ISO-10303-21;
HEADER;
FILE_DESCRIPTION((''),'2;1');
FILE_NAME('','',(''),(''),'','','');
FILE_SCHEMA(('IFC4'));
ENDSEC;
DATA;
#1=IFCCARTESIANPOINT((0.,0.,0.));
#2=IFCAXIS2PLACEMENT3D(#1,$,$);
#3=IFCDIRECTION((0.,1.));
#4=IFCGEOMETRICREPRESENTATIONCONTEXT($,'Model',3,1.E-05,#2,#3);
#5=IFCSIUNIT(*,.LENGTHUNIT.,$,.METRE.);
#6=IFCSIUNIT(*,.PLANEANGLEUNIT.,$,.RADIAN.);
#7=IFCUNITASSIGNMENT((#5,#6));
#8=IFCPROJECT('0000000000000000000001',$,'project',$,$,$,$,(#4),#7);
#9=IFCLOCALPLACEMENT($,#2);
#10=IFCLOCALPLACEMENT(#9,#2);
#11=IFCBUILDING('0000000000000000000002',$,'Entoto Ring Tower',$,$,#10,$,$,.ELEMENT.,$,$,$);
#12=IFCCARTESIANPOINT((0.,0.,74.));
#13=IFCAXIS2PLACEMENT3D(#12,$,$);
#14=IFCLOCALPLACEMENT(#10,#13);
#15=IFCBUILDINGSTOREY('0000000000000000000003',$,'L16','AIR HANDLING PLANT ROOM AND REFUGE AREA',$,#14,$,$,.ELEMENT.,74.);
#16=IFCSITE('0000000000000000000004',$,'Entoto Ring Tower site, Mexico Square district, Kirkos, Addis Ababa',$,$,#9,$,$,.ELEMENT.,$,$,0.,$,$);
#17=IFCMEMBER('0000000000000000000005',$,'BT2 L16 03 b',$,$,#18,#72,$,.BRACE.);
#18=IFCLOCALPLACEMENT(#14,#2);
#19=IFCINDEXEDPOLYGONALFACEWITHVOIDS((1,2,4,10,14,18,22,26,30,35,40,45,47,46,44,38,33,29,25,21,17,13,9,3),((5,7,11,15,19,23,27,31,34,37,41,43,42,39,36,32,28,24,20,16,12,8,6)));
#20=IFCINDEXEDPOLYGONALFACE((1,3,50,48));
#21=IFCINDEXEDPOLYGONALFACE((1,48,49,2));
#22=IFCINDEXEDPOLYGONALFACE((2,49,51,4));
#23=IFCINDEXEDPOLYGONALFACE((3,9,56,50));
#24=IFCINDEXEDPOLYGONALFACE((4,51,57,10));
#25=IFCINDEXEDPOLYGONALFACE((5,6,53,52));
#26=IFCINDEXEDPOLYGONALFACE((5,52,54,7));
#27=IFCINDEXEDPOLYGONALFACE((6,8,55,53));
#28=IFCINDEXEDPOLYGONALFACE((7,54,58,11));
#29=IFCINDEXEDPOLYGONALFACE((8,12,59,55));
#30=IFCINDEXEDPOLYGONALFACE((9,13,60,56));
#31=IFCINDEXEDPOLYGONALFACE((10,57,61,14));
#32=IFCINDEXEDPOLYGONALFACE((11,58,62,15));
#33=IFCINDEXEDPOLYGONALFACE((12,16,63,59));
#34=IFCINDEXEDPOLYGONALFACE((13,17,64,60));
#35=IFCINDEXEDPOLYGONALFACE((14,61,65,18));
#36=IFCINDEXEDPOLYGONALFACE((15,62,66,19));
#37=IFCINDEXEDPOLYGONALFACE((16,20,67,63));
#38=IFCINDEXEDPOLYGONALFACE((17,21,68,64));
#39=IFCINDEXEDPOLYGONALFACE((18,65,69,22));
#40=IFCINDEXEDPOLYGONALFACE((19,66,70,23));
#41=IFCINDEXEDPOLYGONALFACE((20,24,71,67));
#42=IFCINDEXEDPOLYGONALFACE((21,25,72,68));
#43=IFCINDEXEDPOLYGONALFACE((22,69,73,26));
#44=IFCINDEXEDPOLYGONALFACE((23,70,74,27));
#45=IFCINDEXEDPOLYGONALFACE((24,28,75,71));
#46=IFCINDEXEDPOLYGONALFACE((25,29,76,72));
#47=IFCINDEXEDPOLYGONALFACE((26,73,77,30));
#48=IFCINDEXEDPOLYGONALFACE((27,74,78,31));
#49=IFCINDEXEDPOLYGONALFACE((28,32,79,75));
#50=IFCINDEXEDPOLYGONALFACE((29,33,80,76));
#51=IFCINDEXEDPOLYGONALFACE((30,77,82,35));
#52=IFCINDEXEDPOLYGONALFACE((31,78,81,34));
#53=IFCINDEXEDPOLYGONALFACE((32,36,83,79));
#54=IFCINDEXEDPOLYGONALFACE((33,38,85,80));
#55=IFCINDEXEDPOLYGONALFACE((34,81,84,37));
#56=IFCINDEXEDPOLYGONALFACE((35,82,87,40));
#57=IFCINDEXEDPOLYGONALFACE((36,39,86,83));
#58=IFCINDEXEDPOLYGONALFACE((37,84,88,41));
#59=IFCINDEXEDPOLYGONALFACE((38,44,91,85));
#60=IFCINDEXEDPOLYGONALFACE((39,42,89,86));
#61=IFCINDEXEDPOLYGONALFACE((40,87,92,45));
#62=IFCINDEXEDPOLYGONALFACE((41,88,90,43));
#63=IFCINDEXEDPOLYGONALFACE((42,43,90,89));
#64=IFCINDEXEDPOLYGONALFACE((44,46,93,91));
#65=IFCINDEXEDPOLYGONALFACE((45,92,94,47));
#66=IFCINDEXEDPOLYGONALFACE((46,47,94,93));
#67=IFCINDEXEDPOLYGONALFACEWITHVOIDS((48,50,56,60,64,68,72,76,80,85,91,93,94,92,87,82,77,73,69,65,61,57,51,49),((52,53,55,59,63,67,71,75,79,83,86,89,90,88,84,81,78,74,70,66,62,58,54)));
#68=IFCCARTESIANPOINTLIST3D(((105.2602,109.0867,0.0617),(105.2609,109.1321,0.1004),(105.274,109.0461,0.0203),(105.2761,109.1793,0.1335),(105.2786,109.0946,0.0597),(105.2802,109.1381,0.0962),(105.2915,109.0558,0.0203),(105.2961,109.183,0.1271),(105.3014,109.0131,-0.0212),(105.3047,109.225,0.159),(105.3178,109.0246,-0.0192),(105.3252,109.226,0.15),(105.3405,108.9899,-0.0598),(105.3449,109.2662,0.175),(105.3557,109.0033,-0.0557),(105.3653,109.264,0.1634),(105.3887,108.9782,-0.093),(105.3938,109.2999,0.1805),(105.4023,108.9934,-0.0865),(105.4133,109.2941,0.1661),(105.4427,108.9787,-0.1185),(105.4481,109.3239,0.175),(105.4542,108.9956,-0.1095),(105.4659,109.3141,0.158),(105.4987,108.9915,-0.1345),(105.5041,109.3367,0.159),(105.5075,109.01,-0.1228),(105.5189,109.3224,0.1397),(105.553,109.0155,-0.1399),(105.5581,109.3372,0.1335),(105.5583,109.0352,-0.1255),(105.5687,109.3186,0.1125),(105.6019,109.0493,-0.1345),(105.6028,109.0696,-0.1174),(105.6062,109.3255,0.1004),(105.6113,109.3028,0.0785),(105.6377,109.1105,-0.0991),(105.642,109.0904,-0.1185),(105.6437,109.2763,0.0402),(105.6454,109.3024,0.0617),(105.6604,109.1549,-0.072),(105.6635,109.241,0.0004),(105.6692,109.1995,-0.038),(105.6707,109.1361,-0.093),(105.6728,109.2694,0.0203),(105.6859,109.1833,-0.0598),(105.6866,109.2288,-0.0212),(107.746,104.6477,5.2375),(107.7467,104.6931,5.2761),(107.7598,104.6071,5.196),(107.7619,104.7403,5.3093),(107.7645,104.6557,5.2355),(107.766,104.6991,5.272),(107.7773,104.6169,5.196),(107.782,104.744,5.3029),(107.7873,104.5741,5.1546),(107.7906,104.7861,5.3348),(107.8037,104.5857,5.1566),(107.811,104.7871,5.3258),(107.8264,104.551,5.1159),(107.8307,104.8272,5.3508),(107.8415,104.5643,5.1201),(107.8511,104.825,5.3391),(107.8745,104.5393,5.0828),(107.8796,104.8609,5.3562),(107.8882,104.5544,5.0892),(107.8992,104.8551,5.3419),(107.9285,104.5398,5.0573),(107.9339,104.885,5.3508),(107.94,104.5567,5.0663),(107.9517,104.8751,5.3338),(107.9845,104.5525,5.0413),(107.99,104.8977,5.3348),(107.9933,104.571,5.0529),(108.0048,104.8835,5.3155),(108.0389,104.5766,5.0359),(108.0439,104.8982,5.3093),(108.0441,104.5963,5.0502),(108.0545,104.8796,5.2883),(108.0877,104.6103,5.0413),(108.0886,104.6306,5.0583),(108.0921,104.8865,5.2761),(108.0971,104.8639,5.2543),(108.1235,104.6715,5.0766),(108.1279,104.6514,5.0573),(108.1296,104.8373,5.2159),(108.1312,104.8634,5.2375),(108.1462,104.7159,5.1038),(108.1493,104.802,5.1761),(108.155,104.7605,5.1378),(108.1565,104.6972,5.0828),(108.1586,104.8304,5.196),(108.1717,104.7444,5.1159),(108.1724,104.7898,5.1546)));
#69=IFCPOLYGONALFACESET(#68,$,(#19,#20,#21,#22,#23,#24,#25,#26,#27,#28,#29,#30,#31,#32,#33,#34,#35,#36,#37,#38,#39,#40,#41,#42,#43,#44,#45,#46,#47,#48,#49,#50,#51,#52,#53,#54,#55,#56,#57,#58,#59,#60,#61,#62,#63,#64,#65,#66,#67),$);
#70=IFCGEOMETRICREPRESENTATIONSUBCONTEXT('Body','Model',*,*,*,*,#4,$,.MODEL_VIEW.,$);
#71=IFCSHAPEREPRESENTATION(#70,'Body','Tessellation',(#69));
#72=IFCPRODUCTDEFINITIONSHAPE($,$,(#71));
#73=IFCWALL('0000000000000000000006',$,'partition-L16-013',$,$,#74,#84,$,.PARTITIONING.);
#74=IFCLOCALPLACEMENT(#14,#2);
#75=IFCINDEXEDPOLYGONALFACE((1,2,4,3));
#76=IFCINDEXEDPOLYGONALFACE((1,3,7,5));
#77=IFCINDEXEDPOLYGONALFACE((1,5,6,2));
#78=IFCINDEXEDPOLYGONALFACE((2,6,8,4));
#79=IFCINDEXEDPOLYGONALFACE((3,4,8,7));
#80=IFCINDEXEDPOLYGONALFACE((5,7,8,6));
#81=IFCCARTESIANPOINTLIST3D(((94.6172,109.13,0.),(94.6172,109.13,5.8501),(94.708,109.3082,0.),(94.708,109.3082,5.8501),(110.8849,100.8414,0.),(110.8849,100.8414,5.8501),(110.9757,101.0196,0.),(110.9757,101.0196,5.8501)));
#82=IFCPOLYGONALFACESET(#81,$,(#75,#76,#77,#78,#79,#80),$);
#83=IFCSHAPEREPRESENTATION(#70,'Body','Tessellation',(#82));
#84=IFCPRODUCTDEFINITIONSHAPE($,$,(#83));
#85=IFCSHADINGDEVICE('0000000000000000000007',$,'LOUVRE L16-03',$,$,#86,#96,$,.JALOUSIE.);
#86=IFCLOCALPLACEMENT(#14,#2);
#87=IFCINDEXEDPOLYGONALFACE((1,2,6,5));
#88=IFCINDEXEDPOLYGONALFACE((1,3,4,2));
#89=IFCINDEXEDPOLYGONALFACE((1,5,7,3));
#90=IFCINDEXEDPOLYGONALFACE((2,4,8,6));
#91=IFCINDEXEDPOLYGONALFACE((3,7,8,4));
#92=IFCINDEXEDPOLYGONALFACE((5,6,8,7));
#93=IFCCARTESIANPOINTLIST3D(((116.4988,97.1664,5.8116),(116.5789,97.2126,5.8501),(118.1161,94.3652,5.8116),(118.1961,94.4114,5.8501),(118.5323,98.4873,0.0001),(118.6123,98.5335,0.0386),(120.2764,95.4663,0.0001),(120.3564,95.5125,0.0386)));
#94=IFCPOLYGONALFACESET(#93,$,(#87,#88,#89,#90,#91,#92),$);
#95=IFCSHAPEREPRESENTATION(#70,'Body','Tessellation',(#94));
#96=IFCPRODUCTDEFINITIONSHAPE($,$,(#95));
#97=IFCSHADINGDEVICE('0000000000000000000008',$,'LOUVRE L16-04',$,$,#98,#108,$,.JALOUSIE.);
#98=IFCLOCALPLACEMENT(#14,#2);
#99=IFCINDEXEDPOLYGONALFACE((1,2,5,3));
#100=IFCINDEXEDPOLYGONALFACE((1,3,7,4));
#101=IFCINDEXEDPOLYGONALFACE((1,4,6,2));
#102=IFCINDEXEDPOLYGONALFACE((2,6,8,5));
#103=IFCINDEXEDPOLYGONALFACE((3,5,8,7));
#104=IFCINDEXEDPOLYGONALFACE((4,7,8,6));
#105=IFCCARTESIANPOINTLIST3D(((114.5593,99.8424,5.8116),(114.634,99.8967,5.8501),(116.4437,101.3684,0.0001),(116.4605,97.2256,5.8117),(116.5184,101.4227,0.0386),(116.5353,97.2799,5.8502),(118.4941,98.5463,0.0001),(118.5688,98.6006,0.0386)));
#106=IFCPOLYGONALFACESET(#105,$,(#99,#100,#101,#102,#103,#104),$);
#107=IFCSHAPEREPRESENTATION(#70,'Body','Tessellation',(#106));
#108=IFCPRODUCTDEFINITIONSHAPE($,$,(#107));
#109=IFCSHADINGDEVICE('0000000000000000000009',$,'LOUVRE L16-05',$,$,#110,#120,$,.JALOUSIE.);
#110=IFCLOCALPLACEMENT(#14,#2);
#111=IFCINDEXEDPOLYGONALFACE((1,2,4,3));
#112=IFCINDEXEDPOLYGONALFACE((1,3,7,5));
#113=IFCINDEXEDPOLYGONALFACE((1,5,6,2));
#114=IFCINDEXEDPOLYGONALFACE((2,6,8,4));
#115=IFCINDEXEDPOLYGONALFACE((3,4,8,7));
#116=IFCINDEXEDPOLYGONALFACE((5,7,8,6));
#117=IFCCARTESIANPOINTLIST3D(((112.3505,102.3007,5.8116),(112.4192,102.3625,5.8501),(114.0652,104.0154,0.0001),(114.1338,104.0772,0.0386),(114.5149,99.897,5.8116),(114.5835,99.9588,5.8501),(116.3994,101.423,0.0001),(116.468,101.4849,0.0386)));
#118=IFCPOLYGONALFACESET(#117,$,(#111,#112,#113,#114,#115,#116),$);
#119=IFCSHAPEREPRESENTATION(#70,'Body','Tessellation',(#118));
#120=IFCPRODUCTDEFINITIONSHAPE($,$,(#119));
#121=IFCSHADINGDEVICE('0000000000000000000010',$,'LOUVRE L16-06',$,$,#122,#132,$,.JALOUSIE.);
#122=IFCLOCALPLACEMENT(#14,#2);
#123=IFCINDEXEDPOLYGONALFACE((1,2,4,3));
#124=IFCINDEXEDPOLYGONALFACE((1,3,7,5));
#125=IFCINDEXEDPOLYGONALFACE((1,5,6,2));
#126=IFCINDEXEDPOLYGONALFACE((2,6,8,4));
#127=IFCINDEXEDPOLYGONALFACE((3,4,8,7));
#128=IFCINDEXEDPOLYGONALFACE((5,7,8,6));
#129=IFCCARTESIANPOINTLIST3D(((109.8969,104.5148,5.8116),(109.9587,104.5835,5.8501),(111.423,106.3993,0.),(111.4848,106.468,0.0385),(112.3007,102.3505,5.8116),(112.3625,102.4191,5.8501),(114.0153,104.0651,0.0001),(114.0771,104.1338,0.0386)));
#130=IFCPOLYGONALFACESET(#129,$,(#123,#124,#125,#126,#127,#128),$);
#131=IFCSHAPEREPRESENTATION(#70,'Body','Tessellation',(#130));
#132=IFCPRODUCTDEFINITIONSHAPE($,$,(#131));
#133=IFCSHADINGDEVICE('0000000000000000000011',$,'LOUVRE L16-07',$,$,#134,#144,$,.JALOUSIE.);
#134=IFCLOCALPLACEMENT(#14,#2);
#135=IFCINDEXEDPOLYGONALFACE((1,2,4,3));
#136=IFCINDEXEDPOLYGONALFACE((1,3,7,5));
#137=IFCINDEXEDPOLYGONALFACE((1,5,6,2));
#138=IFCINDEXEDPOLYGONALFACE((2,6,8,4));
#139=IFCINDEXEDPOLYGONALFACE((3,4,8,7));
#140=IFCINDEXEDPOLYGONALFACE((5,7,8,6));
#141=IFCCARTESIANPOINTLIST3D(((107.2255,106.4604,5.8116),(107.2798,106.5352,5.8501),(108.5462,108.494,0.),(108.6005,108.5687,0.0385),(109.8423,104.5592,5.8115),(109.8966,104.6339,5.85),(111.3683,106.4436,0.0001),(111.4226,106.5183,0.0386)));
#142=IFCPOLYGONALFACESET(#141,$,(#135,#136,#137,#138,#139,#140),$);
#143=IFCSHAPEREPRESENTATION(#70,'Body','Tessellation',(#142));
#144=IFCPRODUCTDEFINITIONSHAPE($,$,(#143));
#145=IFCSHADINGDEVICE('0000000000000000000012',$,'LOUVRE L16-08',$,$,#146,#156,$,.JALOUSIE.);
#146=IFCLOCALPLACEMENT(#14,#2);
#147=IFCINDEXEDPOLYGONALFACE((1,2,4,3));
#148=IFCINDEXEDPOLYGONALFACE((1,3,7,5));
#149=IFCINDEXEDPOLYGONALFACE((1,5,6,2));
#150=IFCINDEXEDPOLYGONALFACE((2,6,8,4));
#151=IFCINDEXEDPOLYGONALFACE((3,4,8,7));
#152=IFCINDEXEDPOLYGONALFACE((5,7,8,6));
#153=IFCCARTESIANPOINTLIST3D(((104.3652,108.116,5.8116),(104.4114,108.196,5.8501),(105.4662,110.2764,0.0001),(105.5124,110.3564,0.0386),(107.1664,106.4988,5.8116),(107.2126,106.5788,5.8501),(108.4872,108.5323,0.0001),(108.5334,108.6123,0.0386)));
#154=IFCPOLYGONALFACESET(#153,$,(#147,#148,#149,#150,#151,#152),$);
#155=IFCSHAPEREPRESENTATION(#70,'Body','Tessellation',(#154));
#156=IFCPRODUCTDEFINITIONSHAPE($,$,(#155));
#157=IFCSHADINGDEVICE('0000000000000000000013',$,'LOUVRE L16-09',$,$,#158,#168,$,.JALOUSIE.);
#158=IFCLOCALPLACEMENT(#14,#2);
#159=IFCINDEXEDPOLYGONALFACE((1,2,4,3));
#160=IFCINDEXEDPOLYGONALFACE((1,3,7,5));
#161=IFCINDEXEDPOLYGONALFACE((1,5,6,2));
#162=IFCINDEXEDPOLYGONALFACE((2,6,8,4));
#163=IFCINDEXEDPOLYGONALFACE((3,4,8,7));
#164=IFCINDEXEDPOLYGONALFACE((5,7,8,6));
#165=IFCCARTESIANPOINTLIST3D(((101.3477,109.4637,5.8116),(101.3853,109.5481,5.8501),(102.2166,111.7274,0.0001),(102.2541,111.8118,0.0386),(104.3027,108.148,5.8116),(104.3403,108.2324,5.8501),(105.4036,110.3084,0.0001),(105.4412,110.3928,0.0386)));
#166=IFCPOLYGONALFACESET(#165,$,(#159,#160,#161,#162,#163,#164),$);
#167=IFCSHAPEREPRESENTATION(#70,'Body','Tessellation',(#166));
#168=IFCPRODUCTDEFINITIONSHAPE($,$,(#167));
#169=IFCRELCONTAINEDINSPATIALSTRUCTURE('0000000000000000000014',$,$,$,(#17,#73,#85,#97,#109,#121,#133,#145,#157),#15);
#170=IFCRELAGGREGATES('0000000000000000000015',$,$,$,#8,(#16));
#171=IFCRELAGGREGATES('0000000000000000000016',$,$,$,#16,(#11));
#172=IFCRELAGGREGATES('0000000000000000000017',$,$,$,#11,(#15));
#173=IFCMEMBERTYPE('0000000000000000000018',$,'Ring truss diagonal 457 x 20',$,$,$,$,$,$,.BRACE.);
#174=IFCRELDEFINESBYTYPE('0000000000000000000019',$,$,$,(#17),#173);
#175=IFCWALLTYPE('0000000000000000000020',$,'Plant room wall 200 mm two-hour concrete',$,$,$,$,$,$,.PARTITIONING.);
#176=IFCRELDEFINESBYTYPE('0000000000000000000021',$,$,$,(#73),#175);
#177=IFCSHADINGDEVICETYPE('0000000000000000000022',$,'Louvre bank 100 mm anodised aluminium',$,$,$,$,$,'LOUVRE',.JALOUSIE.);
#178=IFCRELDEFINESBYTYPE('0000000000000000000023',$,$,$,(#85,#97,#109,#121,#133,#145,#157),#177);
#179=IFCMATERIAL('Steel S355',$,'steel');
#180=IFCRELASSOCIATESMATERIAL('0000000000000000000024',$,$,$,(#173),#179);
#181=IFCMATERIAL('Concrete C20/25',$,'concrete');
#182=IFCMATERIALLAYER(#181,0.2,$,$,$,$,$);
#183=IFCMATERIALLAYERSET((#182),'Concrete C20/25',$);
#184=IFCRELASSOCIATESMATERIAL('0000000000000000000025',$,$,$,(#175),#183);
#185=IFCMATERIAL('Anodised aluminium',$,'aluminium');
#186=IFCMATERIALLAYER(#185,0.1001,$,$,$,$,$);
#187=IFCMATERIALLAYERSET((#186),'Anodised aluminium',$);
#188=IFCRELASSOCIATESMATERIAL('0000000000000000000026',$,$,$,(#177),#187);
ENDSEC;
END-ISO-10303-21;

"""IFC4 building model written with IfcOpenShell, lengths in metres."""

from ifc_helpers import new_model, si_unit, direction, frame, frame_2d, origin, origin_2d, place, context, subcontext, project, spatial, polyline, rectangle, circle, hollow_circle, outline, extrude, material, layer, layer_set, material_profile, profile_set, type_object, element, save


model = new_model("IFC4")

# Units and contexts
model_context = context("Model", 3, precision=1e-05, world=origin(), true_north=direction((0.0, 1.0)))
body_context = subcontext(model_context, "Body", "Model", "MODEL_VIEW")
ifc_project = project(units=[si_unit("LENGTHUNIT", "METRE"), si_unit("PLANEANGLEUNIT", "RADIAN")], contexts=[model_context])

# Site, building, storey
site_placement = place(None, origin())
site = spatial("IfcSite", under=ifc_project, at=site_placement, Name="Entoto Ring Tower site, Mexico Square district, Kirkos, Addis Ababa", CompositionType="ELEMENT", RefElevation=0.0)
building_placement = place(site_placement, origin())
building = spatial("IfcBuilding", under=site, at=building_placement, Name="Entoto Ring Tower", CompositionType="ELEMENT")
storey_placement = place(building_placement, frame((0.0, 0.0, 74.0)))
storey = spatial("IfcBuildingStorey", under=building, at=storey_placement, Name="L16", Description="AIR HANDLING PLANT ROOM AND REFUGE AREA", CompositionType="ELEMENT", Elevation=74.0)

# Member
ifc_material_1 = material(Name="Steel S355", Category="steel")
ifc_material_profile_1 = material_profile(ifc_material_1, hollow_circle(Radius=0.2285, WallThickness=0.02, at=origin_2d()), Name="CHS 457 x 20")
ifc_material_2 = material(Name="Concrete C60/75", Category="concrete")
ifc_material_profile_2 = material_profile(ifc_material_2, circle(Radius=0.2085, at=origin_2d()), Name="Concrete C60/75 infill")
ifc_profile_set_1 = profile_set([ifc_material_profile_1, ifc_material_profile_2], Name="Steel S355")
member_type_1 = type_object("IfcMemberType", Name="Ring truss diagonal 457 x 20", PredefinedType="BRACE", material=ifc_profile_set_1)
for number, where, z_axis, x_axis, name in (
    (1, (107.9592, 104.7188, 5.196), (-0.342516, 0.611631, -0.713155), (-0.872504, -0.488606, 0.0), "BT2 L16 03 b"),
):
    element("IfcMember", number, at=place(storey_placement, frame(where, z_axis=z_axis, x_axis=x_axis)), inside=storey, type_object=member_type_1, Name=name, PredefinedType="BRACE", context=body_context, shape_type="SweptSolid", body=[
        extrude(hollow_circle(Radius=0.2285, WallThickness=0.02, at=origin_2d()), origin(), (0.0, 0.0, 1.0), 7.2576),
    ])

# Wall
ifc_material_3 = material(Name="Concrete C20/25", Category="concrete")
ifc_layer_1 = layer(ifc_material_3, 0.2)
ifc_layer_set_1 = layer_set([ifc_layer_1], Name="Concrete C20/25")
wall_type = type_object("IfcWallType", Name="Plant room wall 200 mm two-hour concrete", PredefinedType="PARTITIONING", material=ifc_layer_set_1)
wall_placement = place(storey_placement, frame((110.9304, 100.9304, 0.0), z_axis=(0.0, 0.0, 1.0), x_axis=(-0.89101, 0.453983, 0.0)))
element("IfcWall", 2, at=wall_placement, inside=storey, type_object=wall_type, Name="partition-L16-013", PredefinedType="PARTITIONING", context=body_context, shape_type="SweptSolid", body=[
    extrude(rectangle(XDim=18.2576, YDim=0.2, at=frame_2d((9.1289, 0.0))), origin(), (0.0, 0.0, 1.0), 5.8501),
])

# Shading devices
ifc_material_4 = material(Name="Anodised aluminium", Category="aluminium")
ifc_layer_2 = layer(ifc_material_4, 0.1001)
ifc_layer_set_2 = layer_set([ifc_layer_2], Name="Anodised aluminium")
shading_device_type = type_object("IfcShadingDeviceType", Name="Louvre bank 100 mm anodised aluminium", ElementType="LOUVRE", PredefinedType="JALOUSIE", material=ifc_layer_set_2)
shading_device_1_placement = place(storey_placement, frame((120.3564, 95.5125, 0.0386), z_axis=(0.799418, 0.461522, 0.384614), x_axis=(-0.499984, 0.866035, 0.000004)))
element("IfcShadingDevice", 3, at=shading_device_1_placement, inside=storey, type_object=shading_device_type, Name="LOUVRE L16-03", PredefinedType="JALOUSIE", context=body_context, shape_type="SweptSolid", body=[
    extrude(outline(polyline([(0.0, 0.0), (3.4883, 0.0), (3.3612, 6.2958), (0.1266, 6.2958), (0.0, 0.0)])), origin(), (0.0, 0.0, -1.0), 0.1001),
])
shading_device_2_placement = place(storey_placement, frame((118.5688, 98.6006, 0.0386), z_axis=(0.746783, 0.542573, 0.384616), x_axis=(-0.587793, 0.809011, 0.000017)))
element("IfcShadingDevice", 4, at=shading_device_2_placement, inside=storey, type_object=shading_device_type, Name="LOUVRE L16-04", PredefinedType="JALOUSIE", context=body_context, shape_type="SweptSolid", body=[
    extrude(outline(polyline([(0.0, 0.0), (3.4883, 0.0), (3.3615, 6.2958), (0.1269, 6.2959), (0.0, 0.0)])), origin(), (0.0, 0.0, -1.0), 0.1001),
])
shading_device_3_placement = place(storey_placement, frame((116.468, 101.4849, 0.0386), z_axis=(0.685973, 0.617658, 0.384629), x_axis=(-0.669136, 0.74314, 0.000008)))
element("IfcShadingDevice", 5, at=shading_device_3_placement, inside=storey, type_object=shading_device_type, Name="LOUVRE L16-05", PredefinedType="JALOUSIE", context=body_context, shape_type="SweptSolid", body=[
    extrude(outline(polyline([(0.0, 0.0), (3.4883, 0.0), (3.3615, 6.2958), (0.1269, 6.2959), (0.0, 0.0)])), origin(), (0.0, 0.0, -1.0), 0.1001),
])
shading_device_4_placement = place(storey_placement, frame((114.0771, 104.1338, 0.0386), z_axis=(0.617658, 0.685973, 0.384629), x_axis=(-0.74314, 0.669136, -0.000008)))
element("IfcShadingDevice", 6, at=shading_device_4_placement, inside=storey, type_object=shading_device_type, Name="LOUVRE L16-06", PredefinedType="JALOUSIE", context=body_context, shape_type="SweptSolid", body=[
    extrude(outline(polyline([(0.0, 0.0), (3.4883, 0.0), (3.3614, 6.2959), (0.1268, 6.2958), (0.0, 0.0)])), origin(), (0.0, 0.0, -1.0), 0.1001),
])
shading_device_5_placement = place(storey_placement, frame((111.4226, 106.5183, 0.0386), z_axis=(0.542573, 0.746783, 0.384616), x_axis=(-0.809011, 0.587793, -0.000017)))
element("IfcShadingDevice", 7, at=shading_device_5_placement, inside=storey, type_object=shading_device_type, Name="LOUVRE L16-07", PredefinedType="JALOUSIE", context=body_context, shape_type="SweptSolid", body=[
    extrude(outline(polyline([(0.0, 0.0), (3.4883, 0.0), (3.3614, 6.2959), (0.1268, 6.2958), (0.0, 0.0)])), origin(), (0.0, 0.0, -1.0), 0.1001),
])
shading_device_6_placement = place(storey_placement, frame((108.5334, 108.6123, 0.0386), z_axis=(0.461522, 0.799418, 0.384614), x_axis=(-0.866035, 0.499984, -0.000004)))
element("IfcShadingDevice", 8, at=shading_device_6_placement, inside=storey, type_object=shading_device_type, Name="LOUVRE L16-08", PredefinedType="JALOUSIE", context=body_context, shape_type="SweptSolid", body=[
    extrude(outline(polyline([(0.0, 0.0), (3.4883, 0.0), (3.3617, 6.2958), (0.1271, 6.2958), (0.0, 0.0)])), origin(), (0.0, 0.0, -1.0), 0.1001),
])
shading_device_7_placement = place(storey_placement, frame((105.4412, 110.3928, 0.0386), z_axis=(0.37545, 0.843278, 0.384603), x_axis=(-0.913546, 0.406735, 0.0)))
element("IfcShadingDevice", 9, at=shading_device_7_placement, inside=storey, type_object=shading_device_type, Name="LOUVRE L16-09", PredefinedType="JALOUSIE", context=body_context, shape_type="SweptSolid", body=[
    extrude(outline(polyline([(0.0, 0.0), (3.4886, 0.0), (3.3617, 6.2958), (0.1269, 6.2958), (0.0, 0.0)])), origin(), (0.0, 0.0, -1.0), 0.1001),
])

save(model, "model.ifc")
